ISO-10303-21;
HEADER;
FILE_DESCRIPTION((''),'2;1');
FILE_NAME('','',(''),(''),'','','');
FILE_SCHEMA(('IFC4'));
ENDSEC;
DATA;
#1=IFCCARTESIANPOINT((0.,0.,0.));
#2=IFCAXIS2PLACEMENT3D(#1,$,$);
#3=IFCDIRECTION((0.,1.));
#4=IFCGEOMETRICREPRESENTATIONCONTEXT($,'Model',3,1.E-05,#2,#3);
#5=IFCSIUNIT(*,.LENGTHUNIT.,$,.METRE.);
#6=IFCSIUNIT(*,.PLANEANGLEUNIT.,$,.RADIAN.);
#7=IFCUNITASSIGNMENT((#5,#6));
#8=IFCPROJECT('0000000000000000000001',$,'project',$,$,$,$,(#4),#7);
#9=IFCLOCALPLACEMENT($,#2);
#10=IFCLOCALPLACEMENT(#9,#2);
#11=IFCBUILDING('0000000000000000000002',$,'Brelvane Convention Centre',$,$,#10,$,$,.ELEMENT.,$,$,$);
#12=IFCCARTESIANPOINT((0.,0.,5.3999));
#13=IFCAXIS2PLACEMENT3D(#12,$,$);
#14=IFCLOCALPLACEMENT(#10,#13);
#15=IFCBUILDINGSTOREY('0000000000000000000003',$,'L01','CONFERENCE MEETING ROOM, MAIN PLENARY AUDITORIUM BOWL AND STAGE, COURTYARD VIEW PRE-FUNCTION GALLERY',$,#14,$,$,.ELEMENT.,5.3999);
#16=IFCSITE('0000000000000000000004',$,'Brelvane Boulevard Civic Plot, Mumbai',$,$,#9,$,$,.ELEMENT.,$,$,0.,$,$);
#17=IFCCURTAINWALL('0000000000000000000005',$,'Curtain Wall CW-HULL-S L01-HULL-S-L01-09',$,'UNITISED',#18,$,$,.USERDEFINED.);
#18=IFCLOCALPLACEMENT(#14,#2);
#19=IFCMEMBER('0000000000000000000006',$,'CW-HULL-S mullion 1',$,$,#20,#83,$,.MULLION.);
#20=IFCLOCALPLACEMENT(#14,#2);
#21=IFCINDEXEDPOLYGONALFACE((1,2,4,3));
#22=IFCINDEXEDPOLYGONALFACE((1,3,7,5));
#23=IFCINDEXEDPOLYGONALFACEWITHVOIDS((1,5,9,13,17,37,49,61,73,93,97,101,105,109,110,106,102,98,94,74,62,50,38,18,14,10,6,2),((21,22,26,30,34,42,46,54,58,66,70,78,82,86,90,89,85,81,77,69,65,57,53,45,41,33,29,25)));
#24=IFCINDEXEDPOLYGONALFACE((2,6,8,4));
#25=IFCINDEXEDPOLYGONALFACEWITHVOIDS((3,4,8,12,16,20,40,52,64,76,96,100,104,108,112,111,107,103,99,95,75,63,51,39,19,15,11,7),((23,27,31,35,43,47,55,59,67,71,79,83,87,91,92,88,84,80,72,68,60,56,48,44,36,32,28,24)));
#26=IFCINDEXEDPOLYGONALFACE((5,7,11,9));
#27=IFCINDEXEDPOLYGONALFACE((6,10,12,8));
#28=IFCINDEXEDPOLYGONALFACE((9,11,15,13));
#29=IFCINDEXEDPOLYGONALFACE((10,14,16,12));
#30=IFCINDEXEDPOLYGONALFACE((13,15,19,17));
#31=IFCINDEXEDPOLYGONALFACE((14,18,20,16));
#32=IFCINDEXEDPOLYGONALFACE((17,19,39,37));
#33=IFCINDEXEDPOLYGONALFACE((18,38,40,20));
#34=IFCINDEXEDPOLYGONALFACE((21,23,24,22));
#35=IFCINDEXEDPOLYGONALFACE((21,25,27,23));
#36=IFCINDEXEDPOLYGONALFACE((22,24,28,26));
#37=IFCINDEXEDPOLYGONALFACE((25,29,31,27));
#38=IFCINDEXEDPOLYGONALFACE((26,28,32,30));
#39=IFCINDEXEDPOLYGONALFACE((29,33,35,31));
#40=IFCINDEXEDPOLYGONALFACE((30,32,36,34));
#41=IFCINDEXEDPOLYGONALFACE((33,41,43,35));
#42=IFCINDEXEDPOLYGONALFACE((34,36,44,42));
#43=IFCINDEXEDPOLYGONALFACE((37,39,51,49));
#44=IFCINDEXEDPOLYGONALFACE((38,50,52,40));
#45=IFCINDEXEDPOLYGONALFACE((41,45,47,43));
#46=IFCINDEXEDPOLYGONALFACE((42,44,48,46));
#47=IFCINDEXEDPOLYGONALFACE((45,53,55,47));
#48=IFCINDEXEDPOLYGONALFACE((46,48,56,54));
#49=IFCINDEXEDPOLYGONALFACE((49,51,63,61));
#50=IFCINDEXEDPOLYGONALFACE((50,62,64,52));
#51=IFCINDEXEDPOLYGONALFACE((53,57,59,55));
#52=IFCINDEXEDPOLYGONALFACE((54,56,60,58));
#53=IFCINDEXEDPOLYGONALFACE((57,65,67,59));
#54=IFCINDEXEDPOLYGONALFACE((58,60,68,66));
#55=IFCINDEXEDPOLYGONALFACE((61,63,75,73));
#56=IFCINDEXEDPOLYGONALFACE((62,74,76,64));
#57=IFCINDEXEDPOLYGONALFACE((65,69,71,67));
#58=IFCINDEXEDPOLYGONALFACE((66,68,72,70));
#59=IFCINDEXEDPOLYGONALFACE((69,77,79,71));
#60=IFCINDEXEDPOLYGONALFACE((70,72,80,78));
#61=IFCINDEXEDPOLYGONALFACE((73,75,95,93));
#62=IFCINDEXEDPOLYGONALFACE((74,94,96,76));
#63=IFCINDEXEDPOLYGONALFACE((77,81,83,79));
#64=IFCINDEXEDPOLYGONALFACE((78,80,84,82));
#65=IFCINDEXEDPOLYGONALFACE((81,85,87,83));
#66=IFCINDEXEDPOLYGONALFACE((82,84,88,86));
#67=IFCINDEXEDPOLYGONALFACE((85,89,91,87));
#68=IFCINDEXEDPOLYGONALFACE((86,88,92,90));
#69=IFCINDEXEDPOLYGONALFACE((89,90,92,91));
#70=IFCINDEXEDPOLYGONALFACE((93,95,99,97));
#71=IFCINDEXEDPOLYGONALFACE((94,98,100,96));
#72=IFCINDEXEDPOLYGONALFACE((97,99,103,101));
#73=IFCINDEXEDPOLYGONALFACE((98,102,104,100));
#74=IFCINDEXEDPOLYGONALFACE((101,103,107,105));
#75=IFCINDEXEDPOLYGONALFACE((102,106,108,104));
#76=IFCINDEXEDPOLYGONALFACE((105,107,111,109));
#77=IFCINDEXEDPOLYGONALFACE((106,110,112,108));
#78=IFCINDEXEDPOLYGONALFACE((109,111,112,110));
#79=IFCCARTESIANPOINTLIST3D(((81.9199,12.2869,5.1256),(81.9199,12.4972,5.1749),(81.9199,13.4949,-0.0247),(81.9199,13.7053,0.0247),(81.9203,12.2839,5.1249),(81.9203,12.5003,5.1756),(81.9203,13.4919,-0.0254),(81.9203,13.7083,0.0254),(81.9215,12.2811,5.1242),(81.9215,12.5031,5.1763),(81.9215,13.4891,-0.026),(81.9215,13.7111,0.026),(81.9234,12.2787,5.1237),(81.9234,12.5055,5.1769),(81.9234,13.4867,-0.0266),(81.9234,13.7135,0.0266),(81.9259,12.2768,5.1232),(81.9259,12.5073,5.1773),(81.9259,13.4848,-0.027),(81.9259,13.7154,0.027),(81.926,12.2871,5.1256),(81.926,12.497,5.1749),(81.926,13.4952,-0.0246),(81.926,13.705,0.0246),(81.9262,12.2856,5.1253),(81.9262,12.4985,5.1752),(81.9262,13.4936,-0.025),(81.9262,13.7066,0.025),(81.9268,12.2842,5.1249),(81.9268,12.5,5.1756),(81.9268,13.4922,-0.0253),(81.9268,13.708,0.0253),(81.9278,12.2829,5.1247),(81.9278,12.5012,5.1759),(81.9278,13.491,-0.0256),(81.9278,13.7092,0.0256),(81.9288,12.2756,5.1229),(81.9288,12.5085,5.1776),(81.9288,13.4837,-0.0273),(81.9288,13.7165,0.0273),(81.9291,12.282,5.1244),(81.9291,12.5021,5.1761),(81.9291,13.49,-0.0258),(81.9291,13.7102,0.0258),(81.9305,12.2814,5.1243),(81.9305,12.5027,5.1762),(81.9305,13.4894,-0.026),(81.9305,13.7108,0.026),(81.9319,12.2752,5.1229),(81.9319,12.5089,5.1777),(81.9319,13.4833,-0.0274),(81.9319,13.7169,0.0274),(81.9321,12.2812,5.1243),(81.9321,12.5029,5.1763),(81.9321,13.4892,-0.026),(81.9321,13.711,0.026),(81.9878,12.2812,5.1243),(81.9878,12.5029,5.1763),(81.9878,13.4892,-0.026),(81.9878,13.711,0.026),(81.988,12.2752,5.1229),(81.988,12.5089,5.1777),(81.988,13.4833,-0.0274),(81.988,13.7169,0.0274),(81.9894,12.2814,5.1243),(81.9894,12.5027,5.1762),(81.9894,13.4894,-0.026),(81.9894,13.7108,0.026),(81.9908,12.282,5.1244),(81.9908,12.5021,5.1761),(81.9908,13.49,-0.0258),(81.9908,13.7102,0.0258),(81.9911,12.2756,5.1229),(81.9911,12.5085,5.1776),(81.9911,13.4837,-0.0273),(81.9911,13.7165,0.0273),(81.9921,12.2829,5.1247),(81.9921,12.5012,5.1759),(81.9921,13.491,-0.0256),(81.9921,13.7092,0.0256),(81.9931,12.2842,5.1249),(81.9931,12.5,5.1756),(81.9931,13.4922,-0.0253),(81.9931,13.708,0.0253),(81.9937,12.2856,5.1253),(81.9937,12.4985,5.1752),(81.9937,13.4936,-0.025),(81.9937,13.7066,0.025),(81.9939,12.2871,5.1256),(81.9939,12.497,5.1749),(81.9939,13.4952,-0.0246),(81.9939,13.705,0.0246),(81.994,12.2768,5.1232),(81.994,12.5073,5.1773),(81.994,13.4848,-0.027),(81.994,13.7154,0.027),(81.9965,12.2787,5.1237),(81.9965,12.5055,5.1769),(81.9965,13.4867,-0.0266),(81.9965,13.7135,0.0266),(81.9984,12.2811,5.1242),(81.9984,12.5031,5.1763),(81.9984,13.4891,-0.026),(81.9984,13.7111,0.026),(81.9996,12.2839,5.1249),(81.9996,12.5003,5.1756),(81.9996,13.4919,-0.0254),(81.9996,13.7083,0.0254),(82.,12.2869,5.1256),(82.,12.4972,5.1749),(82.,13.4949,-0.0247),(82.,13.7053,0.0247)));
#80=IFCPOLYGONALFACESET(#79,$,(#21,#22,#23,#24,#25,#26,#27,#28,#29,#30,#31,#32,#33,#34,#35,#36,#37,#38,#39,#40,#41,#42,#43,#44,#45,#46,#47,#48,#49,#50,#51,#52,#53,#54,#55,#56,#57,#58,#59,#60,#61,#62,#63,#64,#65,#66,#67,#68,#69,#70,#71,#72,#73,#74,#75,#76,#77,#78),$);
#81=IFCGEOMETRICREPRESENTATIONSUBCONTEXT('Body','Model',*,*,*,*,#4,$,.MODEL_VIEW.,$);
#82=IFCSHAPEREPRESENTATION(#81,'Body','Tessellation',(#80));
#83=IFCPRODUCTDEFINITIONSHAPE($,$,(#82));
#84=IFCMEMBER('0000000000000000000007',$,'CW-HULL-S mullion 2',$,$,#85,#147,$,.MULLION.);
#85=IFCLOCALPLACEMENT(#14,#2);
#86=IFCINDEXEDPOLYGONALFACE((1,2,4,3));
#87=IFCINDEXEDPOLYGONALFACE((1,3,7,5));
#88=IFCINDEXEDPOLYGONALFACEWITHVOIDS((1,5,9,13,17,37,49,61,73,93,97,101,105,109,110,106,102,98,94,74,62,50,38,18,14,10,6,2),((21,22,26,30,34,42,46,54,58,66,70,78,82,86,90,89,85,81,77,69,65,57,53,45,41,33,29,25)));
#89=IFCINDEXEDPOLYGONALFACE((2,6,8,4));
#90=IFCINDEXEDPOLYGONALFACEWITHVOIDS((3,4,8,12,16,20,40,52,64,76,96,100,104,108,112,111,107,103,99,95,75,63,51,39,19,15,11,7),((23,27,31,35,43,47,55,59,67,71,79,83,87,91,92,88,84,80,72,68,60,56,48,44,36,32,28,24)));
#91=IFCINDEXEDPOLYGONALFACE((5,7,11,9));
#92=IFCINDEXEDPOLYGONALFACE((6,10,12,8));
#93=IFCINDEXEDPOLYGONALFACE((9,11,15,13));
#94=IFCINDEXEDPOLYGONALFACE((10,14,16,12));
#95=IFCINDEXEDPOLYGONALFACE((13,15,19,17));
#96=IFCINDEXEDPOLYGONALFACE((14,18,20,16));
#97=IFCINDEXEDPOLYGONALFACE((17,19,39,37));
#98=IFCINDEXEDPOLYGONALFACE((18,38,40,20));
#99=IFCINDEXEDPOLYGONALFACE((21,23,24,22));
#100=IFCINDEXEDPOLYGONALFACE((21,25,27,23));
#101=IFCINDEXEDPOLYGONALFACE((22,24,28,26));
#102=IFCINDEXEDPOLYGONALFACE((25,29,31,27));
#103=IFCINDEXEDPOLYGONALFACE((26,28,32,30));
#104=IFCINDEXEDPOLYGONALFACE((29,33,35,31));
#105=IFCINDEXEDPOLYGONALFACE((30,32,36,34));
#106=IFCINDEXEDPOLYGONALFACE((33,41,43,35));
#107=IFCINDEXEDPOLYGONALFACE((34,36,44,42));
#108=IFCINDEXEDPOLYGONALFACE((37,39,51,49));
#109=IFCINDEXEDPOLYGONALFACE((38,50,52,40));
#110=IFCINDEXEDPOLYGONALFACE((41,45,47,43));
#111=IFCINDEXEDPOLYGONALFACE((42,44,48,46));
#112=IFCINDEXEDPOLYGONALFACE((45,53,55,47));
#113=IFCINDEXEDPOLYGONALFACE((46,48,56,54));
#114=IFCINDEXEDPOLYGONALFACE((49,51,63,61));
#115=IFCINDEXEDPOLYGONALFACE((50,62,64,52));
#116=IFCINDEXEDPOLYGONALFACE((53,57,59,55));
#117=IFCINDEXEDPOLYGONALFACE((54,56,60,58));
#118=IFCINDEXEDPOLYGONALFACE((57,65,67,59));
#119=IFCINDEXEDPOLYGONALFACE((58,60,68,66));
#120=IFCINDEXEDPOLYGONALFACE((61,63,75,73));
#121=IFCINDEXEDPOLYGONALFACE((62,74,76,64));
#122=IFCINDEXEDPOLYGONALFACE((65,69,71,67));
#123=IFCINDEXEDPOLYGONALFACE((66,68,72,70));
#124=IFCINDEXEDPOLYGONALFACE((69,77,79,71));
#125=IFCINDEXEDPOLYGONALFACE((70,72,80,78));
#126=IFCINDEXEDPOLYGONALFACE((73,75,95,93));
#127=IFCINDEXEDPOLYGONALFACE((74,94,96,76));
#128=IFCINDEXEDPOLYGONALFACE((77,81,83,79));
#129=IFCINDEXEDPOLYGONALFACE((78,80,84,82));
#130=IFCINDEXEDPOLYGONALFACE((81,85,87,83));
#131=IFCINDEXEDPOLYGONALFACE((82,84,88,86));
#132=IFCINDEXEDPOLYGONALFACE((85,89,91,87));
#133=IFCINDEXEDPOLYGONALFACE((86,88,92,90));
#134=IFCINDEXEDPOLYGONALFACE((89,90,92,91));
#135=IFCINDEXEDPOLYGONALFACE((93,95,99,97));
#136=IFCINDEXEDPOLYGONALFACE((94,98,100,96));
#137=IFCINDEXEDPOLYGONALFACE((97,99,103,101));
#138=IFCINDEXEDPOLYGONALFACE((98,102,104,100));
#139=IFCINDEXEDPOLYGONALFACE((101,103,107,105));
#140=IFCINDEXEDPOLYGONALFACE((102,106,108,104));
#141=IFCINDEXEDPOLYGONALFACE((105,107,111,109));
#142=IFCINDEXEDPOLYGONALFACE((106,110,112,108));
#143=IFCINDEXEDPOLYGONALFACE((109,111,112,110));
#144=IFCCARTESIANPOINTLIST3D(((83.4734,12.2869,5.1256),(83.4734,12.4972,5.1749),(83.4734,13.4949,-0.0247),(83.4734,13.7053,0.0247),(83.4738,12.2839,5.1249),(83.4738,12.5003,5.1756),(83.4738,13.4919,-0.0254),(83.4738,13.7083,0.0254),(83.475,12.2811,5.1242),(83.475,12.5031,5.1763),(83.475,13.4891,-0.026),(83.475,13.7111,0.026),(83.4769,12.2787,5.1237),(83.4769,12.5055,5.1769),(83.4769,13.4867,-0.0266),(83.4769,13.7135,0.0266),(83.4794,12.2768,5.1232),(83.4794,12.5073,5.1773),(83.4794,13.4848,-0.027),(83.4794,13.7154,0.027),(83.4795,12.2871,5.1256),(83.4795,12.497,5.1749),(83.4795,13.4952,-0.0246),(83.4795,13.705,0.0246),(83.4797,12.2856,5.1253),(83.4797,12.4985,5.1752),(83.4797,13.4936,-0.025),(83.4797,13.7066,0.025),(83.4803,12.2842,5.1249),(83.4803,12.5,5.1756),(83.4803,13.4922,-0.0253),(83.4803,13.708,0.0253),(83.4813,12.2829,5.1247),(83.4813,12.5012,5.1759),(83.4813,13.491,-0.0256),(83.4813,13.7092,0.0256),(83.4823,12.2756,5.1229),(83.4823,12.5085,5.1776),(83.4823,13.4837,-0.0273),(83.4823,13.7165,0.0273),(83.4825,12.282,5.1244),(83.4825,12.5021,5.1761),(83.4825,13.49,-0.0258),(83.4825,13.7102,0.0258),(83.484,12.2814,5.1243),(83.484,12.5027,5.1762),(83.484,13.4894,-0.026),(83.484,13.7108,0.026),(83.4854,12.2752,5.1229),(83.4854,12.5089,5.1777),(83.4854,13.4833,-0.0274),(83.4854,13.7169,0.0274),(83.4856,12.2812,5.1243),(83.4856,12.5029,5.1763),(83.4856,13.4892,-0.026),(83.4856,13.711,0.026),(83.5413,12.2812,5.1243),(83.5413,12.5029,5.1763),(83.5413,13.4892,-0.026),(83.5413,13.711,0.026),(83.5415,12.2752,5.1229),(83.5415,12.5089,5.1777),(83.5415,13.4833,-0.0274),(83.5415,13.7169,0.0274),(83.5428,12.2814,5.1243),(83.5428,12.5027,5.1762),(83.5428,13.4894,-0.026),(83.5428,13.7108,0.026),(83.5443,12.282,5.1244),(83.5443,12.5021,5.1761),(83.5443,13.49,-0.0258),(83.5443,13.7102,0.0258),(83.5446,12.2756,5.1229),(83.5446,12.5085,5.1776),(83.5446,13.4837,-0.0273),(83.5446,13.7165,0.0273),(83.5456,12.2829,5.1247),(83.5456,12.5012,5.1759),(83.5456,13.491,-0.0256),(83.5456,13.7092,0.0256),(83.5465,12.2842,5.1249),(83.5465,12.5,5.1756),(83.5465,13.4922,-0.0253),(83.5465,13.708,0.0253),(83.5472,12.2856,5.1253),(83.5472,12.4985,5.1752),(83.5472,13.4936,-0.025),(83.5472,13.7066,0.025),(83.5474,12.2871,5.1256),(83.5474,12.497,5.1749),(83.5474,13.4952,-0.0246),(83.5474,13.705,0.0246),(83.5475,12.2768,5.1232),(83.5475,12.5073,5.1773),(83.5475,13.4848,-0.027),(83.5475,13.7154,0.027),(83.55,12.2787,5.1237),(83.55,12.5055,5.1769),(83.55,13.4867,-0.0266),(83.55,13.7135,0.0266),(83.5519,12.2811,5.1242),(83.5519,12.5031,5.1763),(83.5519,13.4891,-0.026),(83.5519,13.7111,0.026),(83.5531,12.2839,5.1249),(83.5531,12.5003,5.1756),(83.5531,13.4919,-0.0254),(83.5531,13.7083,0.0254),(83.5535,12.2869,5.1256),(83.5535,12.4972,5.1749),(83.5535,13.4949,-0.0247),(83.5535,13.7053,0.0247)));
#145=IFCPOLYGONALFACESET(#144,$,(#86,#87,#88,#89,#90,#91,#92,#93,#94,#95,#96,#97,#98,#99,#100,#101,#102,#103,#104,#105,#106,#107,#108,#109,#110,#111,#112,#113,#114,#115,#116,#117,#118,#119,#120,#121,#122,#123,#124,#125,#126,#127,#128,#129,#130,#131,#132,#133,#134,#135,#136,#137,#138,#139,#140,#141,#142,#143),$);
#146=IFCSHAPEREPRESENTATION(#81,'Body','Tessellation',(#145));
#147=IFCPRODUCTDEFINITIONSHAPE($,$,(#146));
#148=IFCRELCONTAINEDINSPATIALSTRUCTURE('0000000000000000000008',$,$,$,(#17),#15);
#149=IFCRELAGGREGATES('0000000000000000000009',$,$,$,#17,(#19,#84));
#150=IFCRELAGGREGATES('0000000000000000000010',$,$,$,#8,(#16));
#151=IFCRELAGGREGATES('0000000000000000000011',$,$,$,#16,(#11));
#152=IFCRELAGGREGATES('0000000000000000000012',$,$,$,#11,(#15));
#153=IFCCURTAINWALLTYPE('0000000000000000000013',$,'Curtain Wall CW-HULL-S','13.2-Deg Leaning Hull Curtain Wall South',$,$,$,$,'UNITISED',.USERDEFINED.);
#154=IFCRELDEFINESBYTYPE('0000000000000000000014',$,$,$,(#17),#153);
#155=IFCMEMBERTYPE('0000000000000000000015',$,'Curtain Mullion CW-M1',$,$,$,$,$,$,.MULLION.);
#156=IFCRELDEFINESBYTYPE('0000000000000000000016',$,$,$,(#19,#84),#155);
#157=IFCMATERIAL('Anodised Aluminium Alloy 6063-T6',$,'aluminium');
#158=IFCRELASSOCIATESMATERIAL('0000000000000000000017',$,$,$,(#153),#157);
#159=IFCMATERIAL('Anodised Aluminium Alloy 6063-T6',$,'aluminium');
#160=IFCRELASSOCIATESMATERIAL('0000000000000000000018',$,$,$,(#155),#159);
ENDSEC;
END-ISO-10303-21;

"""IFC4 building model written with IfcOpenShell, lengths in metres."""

from ifc_helpers import new_model, si_unit, direction, frame, origin, origin_2d, place, context, subcontext, project, spatial, hollow_rectangle, extrude, material, material_profile, profile_set, type_object, element, aggregate, save


model = new_model("IFC4")

# Units and contexts
model_context = context("Model", 3, precision=1e-05, world=origin(), true_north=direction((0.0, 1.0)))
body_context = subcontext(model_context, "Body", "Model", "MODEL_VIEW")
ifc_project = project(units=[si_unit("LENGTHUNIT", "METRE"), si_unit("PLANEANGLEUNIT", "RADIAN")], contexts=[model_context])

# Site, building, storey
site_placement = place(None, origin())
site = spatial("IfcSite", under=ifc_project, at=site_placement, Name="Brelvane Boulevard Civic Plot, Mumbai", CompositionType="ELEMENT", RefElevation=0.0)
building_placement = place(site_placement, origin())
building = spatial("IfcBuilding", under=site, at=building_placement, Name="Brelvane Convention Centre", CompositionType="ELEMENT")
storey_placement = place(building_placement, frame((0.0, 0.0, 5.3999)))
storey = spatial("IfcBuildingStorey", under=building, at=storey_placement, Name="L01", Description="CONFERENCE MEETING ROOM, MAIN PLENARY AUDITORIUM BOWL AND STAGE, COURTYARD VIEW PRE-FUNCTION GALLERY", CompositionType="ELEMENT", Elevation=5.3999)

# Curtain wall, members
ifc_material_1 = material(Name="Anodised Aluminium Alloy 6063-T6", Category="aluminium")
curtain_wall_type = type_object("IfcCurtainWallType", Name="Curtain Wall CW-HULL-S", Description="13.2-Deg Leaning Hull Curtain Wall South", ElementType="UNITISED", PredefinedType="USERDEFINED", material=ifc_material_1)
ifc_material_2 = material(Name="Anodised Aluminium Alloy 6063-T6", Category="aluminium")
ifc_material_profile_1 = material_profile(ifc_material_2, hollow_rectangle(XDim=0.0801, YDim=0.24, WallThickness=0.0061, InnerFilletRadius=0.0061, OuterFilletRadius=0.012, at=origin_2d()), Name="ALU-M 240x80x6.0")
ifc_profile_set_1 = profile_set([ifc_material_profile_1], Name="Anodised Aluminium Alloy 6063-T6")
member_type_1 = type_object("IfcMemberType", Name="Curtain Mullion CW-M1", PredefinedType="MULLION", material=ifc_profile_set_1)
curtain_wall_1_placement = place(storey_placement, origin())
curtain_wall_1 = element("IfcCurtainWall", 1, at=curtain_wall_1_placement, inside=storey, type_object=curtain_wall_type, Name="Curtain Wall CW-HULL-S L01-HULL-S-L01-09", ObjectType="UNITISED", PredefinedType="USERDEFINED")
member_1_placement = place(storey_placement, frame((81.96, 13.6001, 0.0), z_axis=(0.0, -0.22836, 0.973577), x_axis=(1.0, 0.0, 0.0)))
member_1 = element("IfcMember", 2, at=member_1_placement, type_object=member_type_1, Name="CW-HULL-S mullion 1", PredefinedType="MULLION", context=body_context, shape_type="SweptSolid", body=[
    extrude(hollow_rectangle(XDim=0.0801, YDim=0.24, WallThickness=0.0061, InnerFilletRadius=0.0061, OuterFilletRadius=0.012, at=origin_2d()), origin(), (0.0, 0.0, 1.0), 5.29),
])
member_2_placement = place(storey_placement, frame((83.5134, 13.6001, 0.0), z_axis=(0.0, -0.22836, 0.973577), x_axis=(1.0, 0.0, 0.0)))
member_2 = element("IfcMember", 3, at=member_2_placement, type_object=member_type_1, Name="CW-HULL-S mullion 2", PredefinedType="MULLION", context=body_context, shape_type="SweptSolid", body=[
    extrude(hollow_rectangle(XDim=0.0801, YDim=0.24, WallThickness=0.0061, InnerFilletRadius=0.0061, OuterFilletRadius=0.012, at=origin_2d()), origin(), (0.0, 0.0, 1.0), 5.29),
])

aggregate(curtain_wall_1, [member_1, member_2])

save(model, "model.ifc")
